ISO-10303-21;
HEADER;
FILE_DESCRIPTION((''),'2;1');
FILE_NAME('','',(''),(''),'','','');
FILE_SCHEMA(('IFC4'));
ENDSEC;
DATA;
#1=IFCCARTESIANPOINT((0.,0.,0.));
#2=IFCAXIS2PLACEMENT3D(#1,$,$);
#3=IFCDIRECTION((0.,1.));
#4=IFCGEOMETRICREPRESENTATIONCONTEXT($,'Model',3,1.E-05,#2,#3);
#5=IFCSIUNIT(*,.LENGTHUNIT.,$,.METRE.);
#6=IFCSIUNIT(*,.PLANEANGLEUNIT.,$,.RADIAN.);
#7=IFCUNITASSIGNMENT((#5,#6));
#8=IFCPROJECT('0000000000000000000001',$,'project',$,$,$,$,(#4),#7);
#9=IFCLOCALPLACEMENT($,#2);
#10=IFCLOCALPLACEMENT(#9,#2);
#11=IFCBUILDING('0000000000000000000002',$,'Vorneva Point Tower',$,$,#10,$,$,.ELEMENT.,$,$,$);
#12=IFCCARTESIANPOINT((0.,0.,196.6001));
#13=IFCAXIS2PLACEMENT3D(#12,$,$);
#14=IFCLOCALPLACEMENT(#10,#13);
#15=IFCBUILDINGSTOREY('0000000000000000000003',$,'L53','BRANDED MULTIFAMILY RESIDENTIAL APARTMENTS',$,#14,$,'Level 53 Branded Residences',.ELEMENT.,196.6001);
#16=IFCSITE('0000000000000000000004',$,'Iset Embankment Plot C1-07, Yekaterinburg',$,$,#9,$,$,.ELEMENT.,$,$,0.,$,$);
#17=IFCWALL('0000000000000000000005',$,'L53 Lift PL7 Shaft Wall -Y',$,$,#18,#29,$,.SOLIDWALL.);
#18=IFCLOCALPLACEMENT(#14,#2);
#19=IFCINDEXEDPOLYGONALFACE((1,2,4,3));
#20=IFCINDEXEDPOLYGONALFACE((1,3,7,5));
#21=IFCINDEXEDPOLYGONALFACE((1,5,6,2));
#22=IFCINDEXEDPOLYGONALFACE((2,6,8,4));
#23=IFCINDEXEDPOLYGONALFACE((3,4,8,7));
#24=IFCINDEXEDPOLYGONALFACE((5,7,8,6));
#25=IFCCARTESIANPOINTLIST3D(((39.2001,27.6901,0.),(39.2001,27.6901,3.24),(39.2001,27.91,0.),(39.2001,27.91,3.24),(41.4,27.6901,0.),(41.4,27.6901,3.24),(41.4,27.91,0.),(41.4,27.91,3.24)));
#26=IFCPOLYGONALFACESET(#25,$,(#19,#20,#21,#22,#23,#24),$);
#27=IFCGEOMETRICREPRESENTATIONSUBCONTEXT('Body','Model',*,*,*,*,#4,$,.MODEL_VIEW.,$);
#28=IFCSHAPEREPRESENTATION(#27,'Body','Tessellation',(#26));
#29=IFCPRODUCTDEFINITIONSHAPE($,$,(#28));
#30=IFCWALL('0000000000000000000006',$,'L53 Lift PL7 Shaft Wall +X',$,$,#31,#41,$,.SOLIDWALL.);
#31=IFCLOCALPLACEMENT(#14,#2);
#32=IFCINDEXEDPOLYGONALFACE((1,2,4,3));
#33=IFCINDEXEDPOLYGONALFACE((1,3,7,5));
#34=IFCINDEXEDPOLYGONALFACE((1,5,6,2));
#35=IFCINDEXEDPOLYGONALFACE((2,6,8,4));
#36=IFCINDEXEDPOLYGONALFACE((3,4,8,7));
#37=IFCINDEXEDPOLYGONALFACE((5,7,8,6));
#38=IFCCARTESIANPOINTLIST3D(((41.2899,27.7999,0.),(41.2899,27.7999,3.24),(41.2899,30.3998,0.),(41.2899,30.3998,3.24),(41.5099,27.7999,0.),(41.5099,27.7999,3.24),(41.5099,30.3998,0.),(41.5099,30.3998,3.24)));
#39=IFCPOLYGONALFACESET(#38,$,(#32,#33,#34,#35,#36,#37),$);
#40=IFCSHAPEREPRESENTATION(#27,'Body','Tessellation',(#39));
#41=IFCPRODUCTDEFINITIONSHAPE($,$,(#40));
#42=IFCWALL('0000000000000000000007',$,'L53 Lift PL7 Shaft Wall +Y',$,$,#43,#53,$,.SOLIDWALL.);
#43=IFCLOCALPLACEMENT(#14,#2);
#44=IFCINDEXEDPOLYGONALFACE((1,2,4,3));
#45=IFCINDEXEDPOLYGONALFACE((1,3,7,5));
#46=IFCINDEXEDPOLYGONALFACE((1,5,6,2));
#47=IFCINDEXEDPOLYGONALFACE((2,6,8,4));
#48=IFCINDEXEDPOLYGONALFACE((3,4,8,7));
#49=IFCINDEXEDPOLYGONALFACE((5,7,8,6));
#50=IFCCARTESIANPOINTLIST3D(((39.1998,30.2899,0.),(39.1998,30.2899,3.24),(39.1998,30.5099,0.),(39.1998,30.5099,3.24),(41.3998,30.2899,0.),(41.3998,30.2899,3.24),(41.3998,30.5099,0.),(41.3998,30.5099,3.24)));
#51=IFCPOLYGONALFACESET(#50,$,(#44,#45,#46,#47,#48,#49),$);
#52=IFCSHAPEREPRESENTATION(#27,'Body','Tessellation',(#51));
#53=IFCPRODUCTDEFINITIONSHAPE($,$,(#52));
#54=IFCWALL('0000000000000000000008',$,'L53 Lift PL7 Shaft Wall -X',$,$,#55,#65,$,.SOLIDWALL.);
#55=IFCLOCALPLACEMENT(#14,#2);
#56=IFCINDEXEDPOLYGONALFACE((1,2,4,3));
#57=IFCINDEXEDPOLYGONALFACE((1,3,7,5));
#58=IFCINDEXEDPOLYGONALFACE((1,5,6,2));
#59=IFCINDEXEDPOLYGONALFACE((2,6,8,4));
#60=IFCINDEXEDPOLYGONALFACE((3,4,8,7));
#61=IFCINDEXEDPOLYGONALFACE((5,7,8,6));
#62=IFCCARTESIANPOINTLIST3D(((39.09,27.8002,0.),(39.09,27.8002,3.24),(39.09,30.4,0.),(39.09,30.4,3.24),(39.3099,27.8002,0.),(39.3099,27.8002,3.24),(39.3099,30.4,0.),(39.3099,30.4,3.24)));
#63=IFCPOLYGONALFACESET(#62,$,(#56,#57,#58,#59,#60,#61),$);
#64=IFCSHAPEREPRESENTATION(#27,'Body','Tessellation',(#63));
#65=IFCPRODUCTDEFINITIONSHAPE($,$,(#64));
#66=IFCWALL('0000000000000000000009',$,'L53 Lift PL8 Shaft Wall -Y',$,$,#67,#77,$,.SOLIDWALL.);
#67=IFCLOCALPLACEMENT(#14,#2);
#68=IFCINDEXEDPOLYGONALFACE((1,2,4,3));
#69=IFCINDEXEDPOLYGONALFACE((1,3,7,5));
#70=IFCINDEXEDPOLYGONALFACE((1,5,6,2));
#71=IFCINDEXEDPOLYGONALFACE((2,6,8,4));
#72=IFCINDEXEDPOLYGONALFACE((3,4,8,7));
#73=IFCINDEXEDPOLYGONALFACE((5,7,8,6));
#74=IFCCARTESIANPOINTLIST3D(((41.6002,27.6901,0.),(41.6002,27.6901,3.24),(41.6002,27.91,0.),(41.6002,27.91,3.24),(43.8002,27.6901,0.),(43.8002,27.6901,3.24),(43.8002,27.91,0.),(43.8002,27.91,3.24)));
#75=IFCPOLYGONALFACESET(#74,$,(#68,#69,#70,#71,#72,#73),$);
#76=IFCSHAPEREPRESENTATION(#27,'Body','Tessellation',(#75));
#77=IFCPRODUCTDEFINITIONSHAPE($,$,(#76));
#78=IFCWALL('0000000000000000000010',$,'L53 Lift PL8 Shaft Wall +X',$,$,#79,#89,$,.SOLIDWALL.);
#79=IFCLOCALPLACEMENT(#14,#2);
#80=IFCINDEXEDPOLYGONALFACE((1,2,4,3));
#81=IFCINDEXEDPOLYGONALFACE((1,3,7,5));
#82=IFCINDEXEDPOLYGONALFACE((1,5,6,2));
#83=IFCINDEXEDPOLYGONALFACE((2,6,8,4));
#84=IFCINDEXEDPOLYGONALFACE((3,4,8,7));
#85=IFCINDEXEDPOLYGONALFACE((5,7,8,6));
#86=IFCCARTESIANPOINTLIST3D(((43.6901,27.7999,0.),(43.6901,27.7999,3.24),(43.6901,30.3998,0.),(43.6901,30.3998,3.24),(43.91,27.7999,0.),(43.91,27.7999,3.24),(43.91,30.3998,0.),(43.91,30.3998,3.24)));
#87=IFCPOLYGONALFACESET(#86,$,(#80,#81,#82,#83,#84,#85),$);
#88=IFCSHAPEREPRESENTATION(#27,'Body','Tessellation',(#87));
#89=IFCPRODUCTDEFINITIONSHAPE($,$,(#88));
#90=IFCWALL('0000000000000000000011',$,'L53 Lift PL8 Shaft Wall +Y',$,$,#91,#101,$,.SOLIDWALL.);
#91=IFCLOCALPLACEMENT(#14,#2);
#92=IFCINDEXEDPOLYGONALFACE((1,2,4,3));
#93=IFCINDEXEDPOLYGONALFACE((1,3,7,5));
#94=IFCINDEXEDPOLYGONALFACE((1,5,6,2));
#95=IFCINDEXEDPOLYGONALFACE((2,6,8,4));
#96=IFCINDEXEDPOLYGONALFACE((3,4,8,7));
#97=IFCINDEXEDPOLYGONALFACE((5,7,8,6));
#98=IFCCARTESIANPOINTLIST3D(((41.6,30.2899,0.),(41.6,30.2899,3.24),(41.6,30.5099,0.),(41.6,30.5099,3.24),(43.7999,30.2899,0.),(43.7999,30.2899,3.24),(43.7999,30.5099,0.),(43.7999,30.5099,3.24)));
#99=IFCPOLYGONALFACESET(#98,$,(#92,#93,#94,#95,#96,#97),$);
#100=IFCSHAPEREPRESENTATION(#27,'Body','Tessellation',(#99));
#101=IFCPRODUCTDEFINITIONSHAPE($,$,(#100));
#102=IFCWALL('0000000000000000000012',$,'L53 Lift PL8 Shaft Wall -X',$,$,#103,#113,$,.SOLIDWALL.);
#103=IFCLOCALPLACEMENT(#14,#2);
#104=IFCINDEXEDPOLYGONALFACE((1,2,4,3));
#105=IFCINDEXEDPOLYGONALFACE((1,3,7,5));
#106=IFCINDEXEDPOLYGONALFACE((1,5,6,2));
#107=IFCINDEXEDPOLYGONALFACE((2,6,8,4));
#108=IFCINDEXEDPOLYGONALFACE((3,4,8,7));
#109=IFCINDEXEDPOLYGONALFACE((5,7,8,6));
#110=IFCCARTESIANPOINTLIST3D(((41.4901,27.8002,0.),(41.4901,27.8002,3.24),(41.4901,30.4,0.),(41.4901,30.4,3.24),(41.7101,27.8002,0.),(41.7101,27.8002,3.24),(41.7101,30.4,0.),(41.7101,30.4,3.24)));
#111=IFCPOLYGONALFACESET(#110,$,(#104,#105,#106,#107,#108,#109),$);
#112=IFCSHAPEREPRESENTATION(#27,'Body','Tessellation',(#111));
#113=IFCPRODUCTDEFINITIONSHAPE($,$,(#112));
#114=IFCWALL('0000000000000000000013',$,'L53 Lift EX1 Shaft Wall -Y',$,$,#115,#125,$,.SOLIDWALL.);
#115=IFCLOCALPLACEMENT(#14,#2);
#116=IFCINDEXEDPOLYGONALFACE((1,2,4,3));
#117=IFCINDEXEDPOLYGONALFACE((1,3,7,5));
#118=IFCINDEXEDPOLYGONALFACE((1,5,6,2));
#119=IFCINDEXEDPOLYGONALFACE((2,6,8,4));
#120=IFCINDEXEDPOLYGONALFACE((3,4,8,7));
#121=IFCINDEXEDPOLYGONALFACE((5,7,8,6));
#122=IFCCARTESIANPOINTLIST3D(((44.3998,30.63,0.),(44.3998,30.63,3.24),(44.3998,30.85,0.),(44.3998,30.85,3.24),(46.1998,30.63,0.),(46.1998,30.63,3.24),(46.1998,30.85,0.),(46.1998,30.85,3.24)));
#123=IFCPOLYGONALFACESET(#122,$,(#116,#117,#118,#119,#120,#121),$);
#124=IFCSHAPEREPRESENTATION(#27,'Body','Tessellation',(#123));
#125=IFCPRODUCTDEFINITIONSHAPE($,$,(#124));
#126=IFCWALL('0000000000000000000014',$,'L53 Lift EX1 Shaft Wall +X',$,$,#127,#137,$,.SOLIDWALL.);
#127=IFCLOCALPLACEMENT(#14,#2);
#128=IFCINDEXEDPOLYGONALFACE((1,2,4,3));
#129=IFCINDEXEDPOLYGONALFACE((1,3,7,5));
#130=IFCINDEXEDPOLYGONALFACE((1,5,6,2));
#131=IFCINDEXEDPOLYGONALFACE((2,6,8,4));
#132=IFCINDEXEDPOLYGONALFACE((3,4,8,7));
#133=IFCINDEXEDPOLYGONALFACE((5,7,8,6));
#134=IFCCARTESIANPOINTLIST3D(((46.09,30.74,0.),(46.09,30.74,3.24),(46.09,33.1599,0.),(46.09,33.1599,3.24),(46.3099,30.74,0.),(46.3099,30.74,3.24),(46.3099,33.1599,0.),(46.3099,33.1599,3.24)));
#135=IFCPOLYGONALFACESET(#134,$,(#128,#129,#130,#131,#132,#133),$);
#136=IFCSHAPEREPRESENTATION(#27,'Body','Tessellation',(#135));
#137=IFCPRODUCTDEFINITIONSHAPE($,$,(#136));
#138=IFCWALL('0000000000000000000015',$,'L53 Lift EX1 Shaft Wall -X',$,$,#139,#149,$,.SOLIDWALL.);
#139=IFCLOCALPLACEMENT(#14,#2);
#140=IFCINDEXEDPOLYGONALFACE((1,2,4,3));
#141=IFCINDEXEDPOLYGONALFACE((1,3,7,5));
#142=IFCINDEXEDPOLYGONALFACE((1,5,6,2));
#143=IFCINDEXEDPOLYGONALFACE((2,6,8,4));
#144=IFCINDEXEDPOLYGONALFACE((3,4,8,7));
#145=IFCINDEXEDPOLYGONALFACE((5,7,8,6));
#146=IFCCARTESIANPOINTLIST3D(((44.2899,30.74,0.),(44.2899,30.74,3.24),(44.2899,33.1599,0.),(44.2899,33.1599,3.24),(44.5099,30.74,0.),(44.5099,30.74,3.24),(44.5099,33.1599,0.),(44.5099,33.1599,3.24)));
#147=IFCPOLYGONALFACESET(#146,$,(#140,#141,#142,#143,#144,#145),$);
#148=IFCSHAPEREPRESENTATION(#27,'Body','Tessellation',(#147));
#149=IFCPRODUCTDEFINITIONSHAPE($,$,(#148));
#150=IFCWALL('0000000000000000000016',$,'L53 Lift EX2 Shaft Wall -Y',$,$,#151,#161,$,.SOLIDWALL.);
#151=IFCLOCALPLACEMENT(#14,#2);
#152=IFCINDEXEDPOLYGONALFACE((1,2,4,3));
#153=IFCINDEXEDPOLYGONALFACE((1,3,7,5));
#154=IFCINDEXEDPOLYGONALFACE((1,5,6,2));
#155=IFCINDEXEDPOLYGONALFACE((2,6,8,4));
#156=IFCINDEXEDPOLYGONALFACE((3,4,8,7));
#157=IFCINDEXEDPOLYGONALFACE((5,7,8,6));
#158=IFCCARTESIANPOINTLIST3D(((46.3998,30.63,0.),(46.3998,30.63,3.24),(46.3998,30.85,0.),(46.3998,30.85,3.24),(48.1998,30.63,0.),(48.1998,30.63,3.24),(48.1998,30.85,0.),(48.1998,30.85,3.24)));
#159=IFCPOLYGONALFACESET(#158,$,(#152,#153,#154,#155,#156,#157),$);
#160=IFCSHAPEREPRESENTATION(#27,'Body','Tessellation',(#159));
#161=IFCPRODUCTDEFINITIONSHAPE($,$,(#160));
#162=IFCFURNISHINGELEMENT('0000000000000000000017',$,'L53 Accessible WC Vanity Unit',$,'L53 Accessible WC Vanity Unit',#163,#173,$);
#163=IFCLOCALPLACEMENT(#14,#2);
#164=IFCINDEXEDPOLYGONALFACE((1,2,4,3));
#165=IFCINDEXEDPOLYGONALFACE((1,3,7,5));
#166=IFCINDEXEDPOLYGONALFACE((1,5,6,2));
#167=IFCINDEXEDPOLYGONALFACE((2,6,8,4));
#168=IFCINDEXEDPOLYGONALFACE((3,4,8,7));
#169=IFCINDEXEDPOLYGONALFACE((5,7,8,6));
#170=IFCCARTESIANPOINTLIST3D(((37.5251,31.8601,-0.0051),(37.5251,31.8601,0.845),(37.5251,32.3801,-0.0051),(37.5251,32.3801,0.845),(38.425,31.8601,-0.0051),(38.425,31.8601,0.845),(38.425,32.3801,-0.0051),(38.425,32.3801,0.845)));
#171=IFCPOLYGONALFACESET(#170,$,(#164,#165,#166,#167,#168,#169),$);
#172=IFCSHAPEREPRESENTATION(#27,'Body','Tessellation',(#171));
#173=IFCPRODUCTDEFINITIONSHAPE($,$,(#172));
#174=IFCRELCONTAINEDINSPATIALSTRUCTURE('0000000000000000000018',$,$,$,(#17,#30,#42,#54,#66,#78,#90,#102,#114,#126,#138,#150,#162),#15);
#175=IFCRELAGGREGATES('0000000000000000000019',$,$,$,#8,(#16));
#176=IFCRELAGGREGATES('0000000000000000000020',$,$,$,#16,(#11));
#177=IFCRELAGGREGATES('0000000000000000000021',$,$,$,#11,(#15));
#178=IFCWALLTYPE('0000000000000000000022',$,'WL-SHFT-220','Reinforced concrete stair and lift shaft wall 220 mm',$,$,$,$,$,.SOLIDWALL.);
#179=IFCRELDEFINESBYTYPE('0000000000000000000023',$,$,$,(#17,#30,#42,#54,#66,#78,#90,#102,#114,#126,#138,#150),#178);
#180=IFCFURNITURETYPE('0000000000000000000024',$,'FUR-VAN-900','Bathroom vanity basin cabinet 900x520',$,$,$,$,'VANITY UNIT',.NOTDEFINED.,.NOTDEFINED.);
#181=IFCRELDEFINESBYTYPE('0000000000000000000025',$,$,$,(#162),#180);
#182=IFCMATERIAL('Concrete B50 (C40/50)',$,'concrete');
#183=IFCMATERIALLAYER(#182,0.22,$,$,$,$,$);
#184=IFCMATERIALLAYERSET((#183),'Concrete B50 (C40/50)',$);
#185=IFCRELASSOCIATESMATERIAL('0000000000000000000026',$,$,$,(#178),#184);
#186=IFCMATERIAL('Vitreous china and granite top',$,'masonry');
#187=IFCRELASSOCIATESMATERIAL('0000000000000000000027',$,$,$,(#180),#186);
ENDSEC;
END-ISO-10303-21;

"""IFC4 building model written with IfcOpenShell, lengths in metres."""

from ifc_helpers import new_model, si_unit, direction, frame, frame_2d, origin, origin_2d, place, context, subcontext, project, spatial, rectangle, extrude, material, layer, layer_set, type_object, element, save


model = new_model("IFC4")

# Units and contexts
model_context = context("Model", 3, precision=1e-05, world=origin(), true_north=direction((0.0, 1.0)))
body_context = subcontext(model_context, "Body", "Model", "MODEL_VIEW")
ifc_project = project(units=[si_unit("LENGTHUNIT", "METRE"), si_unit("PLANEANGLEUNIT", "RADIAN")], contexts=[model_context])

# Site, building, storey
site_placement = place(None, origin())
site = spatial("IfcSite", under=ifc_project, at=site_placement, Name="Iset Embankment Plot C1-07, Yekaterinburg", CompositionType="ELEMENT", RefElevation=0.0)
building_placement = place(site_placement, origin())
building = spatial("IfcBuilding", under=site, at=building_placement, Name="Vorneva Point Tower", CompositionType="ELEMENT")
storey_placement = place(building_placement, frame((0.0, 0.0, 196.6001)))
storey = spatial("IfcBuildingStorey", under=building, at=storey_placement, Name="L53", Description="BRANDED MULTIFAMILY RESIDENTIAL APARTMENTS", LongName="Level 53 Branded Residences", CompositionType="ELEMENT", Elevation=196.6001)

# Shared definitions
ifc_material_1 = material(Name="Concrete B50 (C40/50)", Category="concrete")

# Walls
ifc_layer_1 = layer(ifc_material_1, 0.22)
ifc_layer_set_1 = layer_set([ifc_layer_1], Name="Concrete B50 (C40/50)")
wall_type_1 = type_object("IfcWallType", Name="WL-SHFT-220", Description="Reinforced concrete stair and lift shaft wall 220 mm", PredefinedType="SOLIDWALL", material=ifc_layer_set_1)
wall_1_placement = place(storey_placement, frame((39.2, 27.8, 0.0), z_axis=(0.0, 0.0, 1.0), x_axis=(1.0, 0.0, 0.0)))
element("IfcWall", 1, at=wall_1_placement, inside=storey, type_object=wall_type_1, Name="L53 Lift PL7 Shaft Wall -Y", PredefinedType="SOLIDWALL", context=body_context, shape_type="SweptSolid", body=[
    extrude(rectangle(XDim=2.2, YDim=0.22, at=frame_2d((1.1001, 0.0))), origin(), (0.0, 0.0, 1.0), 3.24),
])
wall_2_placement = place(storey_placement, frame((41.3999, 27.8, 0.0), z_axis=(0.0, 0.0, 1.0), x_axis=(0.0, 1.0, 0.0)))
element("IfcWall", 2, at=wall_2_placement, inside=storey, type_object=wall_type_1, Name="L53 Lift PL7 Shaft Wall +X", PredefinedType="SOLIDWALL", context=body_context, shape_type="SweptSolid", body=[
    extrude(rectangle(XDim=2.5999, YDim=0.22, at=frame_2d((1.2998, 0.0))), origin(), (0.0, 0.0, 1.0), 3.24),
])
wall_3_placement = place(storey_placement, frame((41.3999, 30.3999, 0.0), z_axis=(0.0, 0.0, 1.0), x_axis=(-1.0, 0.0, 0.0)))
element("IfcWall", 3, at=wall_3_placement, inside=storey, type_object=wall_type_1, Name="L53 Lift PL7 Shaft Wall +Y", PredefinedType="SOLIDWALL", context=body_context, shape_type="SweptSolid", body=[
    extrude(rectangle(XDim=2.2, YDim=0.22, at=frame_2d((1.1001, 0.0))), origin(), (0.0, 0.0, 1.0), 3.24),
])
wall_4_placement = place(storey_placement, frame((39.2, 30.3999, 0.0), z_axis=(0.0, 0.0, 1.0), x_axis=(0.0, -1.0, 0.0)))
element("IfcWall", 4, at=wall_4_placement, inside=storey, type_object=wall_type_1, Name="L53 Lift PL7 Shaft Wall -X", PredefinedType="SOLIDWALL", context=body_context, shape_type="SweptSolid", body=[
    extrude(rectangle(XDim=2.5999, YDim=0.22, at=frame_2d((1.2998, 0.0))), origin(), (0.0, 0.0, 1.0), 3.24),
])
wall_5_placement = place(storey_placement, frame((41.6001, 27.8, 0.0), z_axis=(0.0, 0.0, 1.0), x_axis=(1.0, 0.0, 0.0)))
element("IfcWall", 5, at=wall_5_placement, inside=storey, type_object=wall_type_1, Name="L53 Lift PL8 Shaft Wall -Y", PredefinedType="SOLIDWALL", context=body_context, shape_type="SweptSolid", body=[
    extrude(rectangle(XDim=2.2, YDim=0.22, at=frame_2d((1.1001, 0.0))), origin(), (0.0, 0.0, 1.0), 3.24),
])
wall_6_placement = place(storey_placement, frame((43.8, 27.8, 0.0), z_axis=(0.0, 0.0, 1.0), x_axis=(0.0, 1.0, 0.0)))
element("IfcWall", 6, at=wall_6_placement, inside=storey, type_object=wall_type_1, Name="L53 Lift PL8 Shaft Wall +X", PredefinedType="SOLIDWALL", context=body_context, shape_type="SweptSolid", body=[
    extrude(rectangle(XDim=2.5999, YDim=0.22, at=frame_2d((1.2998, 0.0))), origin(), (0.0, 0.0, 1.0), 3.24),
])
wall_7_placement = place(storey_placement, frame((43.8, 30.3999, 0.0), z_axis=(0.0, 0.0, 1.0), x_axis=(-1.0, 0.0, 0.0)))
element("IfcWall", 7, at=wall_7_placement, inside=storey, type_object=wall_type_1, Name="L53 Lift PL8 Shaft Wall +Y", PredefinedType="SOLIDWALL", context=body_context, shape_type="SweptSolid", body=[
    extrude(rectangle(XDim=2.2, YDim=0.22, at=frame_2d((1.1001, 0.0))), origin(), (0.0, 0.0, 1.0), 3.24),
])
wall_8_placement = place(storey_placement, frame((41.6001, 30.3999, 0.0), z_axis=(0.0, 0.0, 1.0), x_axis=(0.0, -1.0, 0.0)))
element("IfcWall", 8, at=wall_8_placement, inside=storey, type_object=wall_type_1, Name="L53 Lift PL8 Shaft Wall -X", PredefinedType="SOLIDWALL", context=body_context, shape_type="SweptSolid", body=[
    extrude(rectangle(XDim=2.5999, YDim=0.22, at=frame_2d((1.2998, 0.0))), origin(), (0.0, 0.0, 1.0), 3.24),
])
wall_9_placement = place(storey_placement, frame((44.3999, 30.74, 0.0), z_axis=(0.0, 0.0, 1.0), x_axis=(1.0, 0.0, 0.0)))
element("IfcWall", 9, at=wall_9_placement, inside=storey, type_object=wall_type_1, Name="L53 Lift EX1 Shaft Wall -Y", PredefinedType="SOLIDWALL", context=body_context, shape_type="SweptSolid", body=[
    extrude(rectangle(XDim=1.8, YDim=0.22, at=frame_2d((0.8999, 0.0))), origin(), (0.0, 0.0, 1.0), 3.24),
])
for number, where, z_axis, x_axis, name in (
    (10, (46.2, 30.74, 0.0), (0.0, 0.0, 1.0), (0.0, 1.0, 0.0), "L53 Lift EX1 Shaft Wall +X"),
    (11, (44.3999, 33.1599, 0.0), (0.0, 0.0, 1.0), (0.0, -1.0, 0.0), "L53 Lift EX1 Shaft Wall -X"),
):
    element("IfcWall", number, at=place(storey_placement, frame(where, z_axis=z_axis, x_axis=x_axis)), inside=storey, type_object=wall_type_1, Name=name, PredefinedType="SOLIDWALL", context=body_context, shape_type="SweptSolid", body=[
        extrude(rectangle(XDim=2.4199, YDim=0.22, at=frame_2d((1.21, 0.0))), origin(), (0.0, 0.0, 1.0), 3.24),
    ])
wall_10_placement = place(storey_placement, frame((46.3999, 30.74, 0.0), z_axis=(0.0, 0.0, 1.0), x_axis=(1.0, 0.0, 0.0)))
element("IfcWall", 12, at=wall_10_placement, inside=storey, type_object=wall_type_1, Name="L53 Lift EX2 Shaft Wall -Y", PredefinedType="SOLIDWALL", context=body_context, shape_type="SweptSolid", body=[
    extrude(rectangle(XDim=1.8, YDim=0.22, at=frame_2d((0.8999, 0.0))), origin(), (0.0, 0.0, 1.0), 3.24),
])

# Furnishing element
ifc_material_2 = material(Name="Vitreous china and granite top", Category="masonry")
furniture_type = type_object("IfcFurnitureType", Name="FUR-VAN-900", Description="Bathroom vanity basin cabinet 900x520", ElementType="VANITY UNIT", AssemblyPlace="NOTDEFINED", PredefinedType="NOTDEFINED", material=ifc_material_2)
furnishing_placement = place(storey_placement, frame((37.9751, 32.1201, -0.0051), z_axis=(0.0, 0.0, 1.0), x_axis=(1.0, 0.0, 0.0)))
element("IfcFurnishingElement", 13, at=furnishing_placement, inside=storey, type_object=furniture_type, Name="L53 Accessible WC Vanity Unit", ObjectType="L53 Accessible WC Vanity Unit", context=body_context, shape_type="SweptSolid", body=[
    extrude(rectangle(XDim=0.8999, YDim=0.52, at=origin_2d()), origin(), (0.0, 0.0, 1.0), 0.8501),
])

save(model, "model.ifc")
